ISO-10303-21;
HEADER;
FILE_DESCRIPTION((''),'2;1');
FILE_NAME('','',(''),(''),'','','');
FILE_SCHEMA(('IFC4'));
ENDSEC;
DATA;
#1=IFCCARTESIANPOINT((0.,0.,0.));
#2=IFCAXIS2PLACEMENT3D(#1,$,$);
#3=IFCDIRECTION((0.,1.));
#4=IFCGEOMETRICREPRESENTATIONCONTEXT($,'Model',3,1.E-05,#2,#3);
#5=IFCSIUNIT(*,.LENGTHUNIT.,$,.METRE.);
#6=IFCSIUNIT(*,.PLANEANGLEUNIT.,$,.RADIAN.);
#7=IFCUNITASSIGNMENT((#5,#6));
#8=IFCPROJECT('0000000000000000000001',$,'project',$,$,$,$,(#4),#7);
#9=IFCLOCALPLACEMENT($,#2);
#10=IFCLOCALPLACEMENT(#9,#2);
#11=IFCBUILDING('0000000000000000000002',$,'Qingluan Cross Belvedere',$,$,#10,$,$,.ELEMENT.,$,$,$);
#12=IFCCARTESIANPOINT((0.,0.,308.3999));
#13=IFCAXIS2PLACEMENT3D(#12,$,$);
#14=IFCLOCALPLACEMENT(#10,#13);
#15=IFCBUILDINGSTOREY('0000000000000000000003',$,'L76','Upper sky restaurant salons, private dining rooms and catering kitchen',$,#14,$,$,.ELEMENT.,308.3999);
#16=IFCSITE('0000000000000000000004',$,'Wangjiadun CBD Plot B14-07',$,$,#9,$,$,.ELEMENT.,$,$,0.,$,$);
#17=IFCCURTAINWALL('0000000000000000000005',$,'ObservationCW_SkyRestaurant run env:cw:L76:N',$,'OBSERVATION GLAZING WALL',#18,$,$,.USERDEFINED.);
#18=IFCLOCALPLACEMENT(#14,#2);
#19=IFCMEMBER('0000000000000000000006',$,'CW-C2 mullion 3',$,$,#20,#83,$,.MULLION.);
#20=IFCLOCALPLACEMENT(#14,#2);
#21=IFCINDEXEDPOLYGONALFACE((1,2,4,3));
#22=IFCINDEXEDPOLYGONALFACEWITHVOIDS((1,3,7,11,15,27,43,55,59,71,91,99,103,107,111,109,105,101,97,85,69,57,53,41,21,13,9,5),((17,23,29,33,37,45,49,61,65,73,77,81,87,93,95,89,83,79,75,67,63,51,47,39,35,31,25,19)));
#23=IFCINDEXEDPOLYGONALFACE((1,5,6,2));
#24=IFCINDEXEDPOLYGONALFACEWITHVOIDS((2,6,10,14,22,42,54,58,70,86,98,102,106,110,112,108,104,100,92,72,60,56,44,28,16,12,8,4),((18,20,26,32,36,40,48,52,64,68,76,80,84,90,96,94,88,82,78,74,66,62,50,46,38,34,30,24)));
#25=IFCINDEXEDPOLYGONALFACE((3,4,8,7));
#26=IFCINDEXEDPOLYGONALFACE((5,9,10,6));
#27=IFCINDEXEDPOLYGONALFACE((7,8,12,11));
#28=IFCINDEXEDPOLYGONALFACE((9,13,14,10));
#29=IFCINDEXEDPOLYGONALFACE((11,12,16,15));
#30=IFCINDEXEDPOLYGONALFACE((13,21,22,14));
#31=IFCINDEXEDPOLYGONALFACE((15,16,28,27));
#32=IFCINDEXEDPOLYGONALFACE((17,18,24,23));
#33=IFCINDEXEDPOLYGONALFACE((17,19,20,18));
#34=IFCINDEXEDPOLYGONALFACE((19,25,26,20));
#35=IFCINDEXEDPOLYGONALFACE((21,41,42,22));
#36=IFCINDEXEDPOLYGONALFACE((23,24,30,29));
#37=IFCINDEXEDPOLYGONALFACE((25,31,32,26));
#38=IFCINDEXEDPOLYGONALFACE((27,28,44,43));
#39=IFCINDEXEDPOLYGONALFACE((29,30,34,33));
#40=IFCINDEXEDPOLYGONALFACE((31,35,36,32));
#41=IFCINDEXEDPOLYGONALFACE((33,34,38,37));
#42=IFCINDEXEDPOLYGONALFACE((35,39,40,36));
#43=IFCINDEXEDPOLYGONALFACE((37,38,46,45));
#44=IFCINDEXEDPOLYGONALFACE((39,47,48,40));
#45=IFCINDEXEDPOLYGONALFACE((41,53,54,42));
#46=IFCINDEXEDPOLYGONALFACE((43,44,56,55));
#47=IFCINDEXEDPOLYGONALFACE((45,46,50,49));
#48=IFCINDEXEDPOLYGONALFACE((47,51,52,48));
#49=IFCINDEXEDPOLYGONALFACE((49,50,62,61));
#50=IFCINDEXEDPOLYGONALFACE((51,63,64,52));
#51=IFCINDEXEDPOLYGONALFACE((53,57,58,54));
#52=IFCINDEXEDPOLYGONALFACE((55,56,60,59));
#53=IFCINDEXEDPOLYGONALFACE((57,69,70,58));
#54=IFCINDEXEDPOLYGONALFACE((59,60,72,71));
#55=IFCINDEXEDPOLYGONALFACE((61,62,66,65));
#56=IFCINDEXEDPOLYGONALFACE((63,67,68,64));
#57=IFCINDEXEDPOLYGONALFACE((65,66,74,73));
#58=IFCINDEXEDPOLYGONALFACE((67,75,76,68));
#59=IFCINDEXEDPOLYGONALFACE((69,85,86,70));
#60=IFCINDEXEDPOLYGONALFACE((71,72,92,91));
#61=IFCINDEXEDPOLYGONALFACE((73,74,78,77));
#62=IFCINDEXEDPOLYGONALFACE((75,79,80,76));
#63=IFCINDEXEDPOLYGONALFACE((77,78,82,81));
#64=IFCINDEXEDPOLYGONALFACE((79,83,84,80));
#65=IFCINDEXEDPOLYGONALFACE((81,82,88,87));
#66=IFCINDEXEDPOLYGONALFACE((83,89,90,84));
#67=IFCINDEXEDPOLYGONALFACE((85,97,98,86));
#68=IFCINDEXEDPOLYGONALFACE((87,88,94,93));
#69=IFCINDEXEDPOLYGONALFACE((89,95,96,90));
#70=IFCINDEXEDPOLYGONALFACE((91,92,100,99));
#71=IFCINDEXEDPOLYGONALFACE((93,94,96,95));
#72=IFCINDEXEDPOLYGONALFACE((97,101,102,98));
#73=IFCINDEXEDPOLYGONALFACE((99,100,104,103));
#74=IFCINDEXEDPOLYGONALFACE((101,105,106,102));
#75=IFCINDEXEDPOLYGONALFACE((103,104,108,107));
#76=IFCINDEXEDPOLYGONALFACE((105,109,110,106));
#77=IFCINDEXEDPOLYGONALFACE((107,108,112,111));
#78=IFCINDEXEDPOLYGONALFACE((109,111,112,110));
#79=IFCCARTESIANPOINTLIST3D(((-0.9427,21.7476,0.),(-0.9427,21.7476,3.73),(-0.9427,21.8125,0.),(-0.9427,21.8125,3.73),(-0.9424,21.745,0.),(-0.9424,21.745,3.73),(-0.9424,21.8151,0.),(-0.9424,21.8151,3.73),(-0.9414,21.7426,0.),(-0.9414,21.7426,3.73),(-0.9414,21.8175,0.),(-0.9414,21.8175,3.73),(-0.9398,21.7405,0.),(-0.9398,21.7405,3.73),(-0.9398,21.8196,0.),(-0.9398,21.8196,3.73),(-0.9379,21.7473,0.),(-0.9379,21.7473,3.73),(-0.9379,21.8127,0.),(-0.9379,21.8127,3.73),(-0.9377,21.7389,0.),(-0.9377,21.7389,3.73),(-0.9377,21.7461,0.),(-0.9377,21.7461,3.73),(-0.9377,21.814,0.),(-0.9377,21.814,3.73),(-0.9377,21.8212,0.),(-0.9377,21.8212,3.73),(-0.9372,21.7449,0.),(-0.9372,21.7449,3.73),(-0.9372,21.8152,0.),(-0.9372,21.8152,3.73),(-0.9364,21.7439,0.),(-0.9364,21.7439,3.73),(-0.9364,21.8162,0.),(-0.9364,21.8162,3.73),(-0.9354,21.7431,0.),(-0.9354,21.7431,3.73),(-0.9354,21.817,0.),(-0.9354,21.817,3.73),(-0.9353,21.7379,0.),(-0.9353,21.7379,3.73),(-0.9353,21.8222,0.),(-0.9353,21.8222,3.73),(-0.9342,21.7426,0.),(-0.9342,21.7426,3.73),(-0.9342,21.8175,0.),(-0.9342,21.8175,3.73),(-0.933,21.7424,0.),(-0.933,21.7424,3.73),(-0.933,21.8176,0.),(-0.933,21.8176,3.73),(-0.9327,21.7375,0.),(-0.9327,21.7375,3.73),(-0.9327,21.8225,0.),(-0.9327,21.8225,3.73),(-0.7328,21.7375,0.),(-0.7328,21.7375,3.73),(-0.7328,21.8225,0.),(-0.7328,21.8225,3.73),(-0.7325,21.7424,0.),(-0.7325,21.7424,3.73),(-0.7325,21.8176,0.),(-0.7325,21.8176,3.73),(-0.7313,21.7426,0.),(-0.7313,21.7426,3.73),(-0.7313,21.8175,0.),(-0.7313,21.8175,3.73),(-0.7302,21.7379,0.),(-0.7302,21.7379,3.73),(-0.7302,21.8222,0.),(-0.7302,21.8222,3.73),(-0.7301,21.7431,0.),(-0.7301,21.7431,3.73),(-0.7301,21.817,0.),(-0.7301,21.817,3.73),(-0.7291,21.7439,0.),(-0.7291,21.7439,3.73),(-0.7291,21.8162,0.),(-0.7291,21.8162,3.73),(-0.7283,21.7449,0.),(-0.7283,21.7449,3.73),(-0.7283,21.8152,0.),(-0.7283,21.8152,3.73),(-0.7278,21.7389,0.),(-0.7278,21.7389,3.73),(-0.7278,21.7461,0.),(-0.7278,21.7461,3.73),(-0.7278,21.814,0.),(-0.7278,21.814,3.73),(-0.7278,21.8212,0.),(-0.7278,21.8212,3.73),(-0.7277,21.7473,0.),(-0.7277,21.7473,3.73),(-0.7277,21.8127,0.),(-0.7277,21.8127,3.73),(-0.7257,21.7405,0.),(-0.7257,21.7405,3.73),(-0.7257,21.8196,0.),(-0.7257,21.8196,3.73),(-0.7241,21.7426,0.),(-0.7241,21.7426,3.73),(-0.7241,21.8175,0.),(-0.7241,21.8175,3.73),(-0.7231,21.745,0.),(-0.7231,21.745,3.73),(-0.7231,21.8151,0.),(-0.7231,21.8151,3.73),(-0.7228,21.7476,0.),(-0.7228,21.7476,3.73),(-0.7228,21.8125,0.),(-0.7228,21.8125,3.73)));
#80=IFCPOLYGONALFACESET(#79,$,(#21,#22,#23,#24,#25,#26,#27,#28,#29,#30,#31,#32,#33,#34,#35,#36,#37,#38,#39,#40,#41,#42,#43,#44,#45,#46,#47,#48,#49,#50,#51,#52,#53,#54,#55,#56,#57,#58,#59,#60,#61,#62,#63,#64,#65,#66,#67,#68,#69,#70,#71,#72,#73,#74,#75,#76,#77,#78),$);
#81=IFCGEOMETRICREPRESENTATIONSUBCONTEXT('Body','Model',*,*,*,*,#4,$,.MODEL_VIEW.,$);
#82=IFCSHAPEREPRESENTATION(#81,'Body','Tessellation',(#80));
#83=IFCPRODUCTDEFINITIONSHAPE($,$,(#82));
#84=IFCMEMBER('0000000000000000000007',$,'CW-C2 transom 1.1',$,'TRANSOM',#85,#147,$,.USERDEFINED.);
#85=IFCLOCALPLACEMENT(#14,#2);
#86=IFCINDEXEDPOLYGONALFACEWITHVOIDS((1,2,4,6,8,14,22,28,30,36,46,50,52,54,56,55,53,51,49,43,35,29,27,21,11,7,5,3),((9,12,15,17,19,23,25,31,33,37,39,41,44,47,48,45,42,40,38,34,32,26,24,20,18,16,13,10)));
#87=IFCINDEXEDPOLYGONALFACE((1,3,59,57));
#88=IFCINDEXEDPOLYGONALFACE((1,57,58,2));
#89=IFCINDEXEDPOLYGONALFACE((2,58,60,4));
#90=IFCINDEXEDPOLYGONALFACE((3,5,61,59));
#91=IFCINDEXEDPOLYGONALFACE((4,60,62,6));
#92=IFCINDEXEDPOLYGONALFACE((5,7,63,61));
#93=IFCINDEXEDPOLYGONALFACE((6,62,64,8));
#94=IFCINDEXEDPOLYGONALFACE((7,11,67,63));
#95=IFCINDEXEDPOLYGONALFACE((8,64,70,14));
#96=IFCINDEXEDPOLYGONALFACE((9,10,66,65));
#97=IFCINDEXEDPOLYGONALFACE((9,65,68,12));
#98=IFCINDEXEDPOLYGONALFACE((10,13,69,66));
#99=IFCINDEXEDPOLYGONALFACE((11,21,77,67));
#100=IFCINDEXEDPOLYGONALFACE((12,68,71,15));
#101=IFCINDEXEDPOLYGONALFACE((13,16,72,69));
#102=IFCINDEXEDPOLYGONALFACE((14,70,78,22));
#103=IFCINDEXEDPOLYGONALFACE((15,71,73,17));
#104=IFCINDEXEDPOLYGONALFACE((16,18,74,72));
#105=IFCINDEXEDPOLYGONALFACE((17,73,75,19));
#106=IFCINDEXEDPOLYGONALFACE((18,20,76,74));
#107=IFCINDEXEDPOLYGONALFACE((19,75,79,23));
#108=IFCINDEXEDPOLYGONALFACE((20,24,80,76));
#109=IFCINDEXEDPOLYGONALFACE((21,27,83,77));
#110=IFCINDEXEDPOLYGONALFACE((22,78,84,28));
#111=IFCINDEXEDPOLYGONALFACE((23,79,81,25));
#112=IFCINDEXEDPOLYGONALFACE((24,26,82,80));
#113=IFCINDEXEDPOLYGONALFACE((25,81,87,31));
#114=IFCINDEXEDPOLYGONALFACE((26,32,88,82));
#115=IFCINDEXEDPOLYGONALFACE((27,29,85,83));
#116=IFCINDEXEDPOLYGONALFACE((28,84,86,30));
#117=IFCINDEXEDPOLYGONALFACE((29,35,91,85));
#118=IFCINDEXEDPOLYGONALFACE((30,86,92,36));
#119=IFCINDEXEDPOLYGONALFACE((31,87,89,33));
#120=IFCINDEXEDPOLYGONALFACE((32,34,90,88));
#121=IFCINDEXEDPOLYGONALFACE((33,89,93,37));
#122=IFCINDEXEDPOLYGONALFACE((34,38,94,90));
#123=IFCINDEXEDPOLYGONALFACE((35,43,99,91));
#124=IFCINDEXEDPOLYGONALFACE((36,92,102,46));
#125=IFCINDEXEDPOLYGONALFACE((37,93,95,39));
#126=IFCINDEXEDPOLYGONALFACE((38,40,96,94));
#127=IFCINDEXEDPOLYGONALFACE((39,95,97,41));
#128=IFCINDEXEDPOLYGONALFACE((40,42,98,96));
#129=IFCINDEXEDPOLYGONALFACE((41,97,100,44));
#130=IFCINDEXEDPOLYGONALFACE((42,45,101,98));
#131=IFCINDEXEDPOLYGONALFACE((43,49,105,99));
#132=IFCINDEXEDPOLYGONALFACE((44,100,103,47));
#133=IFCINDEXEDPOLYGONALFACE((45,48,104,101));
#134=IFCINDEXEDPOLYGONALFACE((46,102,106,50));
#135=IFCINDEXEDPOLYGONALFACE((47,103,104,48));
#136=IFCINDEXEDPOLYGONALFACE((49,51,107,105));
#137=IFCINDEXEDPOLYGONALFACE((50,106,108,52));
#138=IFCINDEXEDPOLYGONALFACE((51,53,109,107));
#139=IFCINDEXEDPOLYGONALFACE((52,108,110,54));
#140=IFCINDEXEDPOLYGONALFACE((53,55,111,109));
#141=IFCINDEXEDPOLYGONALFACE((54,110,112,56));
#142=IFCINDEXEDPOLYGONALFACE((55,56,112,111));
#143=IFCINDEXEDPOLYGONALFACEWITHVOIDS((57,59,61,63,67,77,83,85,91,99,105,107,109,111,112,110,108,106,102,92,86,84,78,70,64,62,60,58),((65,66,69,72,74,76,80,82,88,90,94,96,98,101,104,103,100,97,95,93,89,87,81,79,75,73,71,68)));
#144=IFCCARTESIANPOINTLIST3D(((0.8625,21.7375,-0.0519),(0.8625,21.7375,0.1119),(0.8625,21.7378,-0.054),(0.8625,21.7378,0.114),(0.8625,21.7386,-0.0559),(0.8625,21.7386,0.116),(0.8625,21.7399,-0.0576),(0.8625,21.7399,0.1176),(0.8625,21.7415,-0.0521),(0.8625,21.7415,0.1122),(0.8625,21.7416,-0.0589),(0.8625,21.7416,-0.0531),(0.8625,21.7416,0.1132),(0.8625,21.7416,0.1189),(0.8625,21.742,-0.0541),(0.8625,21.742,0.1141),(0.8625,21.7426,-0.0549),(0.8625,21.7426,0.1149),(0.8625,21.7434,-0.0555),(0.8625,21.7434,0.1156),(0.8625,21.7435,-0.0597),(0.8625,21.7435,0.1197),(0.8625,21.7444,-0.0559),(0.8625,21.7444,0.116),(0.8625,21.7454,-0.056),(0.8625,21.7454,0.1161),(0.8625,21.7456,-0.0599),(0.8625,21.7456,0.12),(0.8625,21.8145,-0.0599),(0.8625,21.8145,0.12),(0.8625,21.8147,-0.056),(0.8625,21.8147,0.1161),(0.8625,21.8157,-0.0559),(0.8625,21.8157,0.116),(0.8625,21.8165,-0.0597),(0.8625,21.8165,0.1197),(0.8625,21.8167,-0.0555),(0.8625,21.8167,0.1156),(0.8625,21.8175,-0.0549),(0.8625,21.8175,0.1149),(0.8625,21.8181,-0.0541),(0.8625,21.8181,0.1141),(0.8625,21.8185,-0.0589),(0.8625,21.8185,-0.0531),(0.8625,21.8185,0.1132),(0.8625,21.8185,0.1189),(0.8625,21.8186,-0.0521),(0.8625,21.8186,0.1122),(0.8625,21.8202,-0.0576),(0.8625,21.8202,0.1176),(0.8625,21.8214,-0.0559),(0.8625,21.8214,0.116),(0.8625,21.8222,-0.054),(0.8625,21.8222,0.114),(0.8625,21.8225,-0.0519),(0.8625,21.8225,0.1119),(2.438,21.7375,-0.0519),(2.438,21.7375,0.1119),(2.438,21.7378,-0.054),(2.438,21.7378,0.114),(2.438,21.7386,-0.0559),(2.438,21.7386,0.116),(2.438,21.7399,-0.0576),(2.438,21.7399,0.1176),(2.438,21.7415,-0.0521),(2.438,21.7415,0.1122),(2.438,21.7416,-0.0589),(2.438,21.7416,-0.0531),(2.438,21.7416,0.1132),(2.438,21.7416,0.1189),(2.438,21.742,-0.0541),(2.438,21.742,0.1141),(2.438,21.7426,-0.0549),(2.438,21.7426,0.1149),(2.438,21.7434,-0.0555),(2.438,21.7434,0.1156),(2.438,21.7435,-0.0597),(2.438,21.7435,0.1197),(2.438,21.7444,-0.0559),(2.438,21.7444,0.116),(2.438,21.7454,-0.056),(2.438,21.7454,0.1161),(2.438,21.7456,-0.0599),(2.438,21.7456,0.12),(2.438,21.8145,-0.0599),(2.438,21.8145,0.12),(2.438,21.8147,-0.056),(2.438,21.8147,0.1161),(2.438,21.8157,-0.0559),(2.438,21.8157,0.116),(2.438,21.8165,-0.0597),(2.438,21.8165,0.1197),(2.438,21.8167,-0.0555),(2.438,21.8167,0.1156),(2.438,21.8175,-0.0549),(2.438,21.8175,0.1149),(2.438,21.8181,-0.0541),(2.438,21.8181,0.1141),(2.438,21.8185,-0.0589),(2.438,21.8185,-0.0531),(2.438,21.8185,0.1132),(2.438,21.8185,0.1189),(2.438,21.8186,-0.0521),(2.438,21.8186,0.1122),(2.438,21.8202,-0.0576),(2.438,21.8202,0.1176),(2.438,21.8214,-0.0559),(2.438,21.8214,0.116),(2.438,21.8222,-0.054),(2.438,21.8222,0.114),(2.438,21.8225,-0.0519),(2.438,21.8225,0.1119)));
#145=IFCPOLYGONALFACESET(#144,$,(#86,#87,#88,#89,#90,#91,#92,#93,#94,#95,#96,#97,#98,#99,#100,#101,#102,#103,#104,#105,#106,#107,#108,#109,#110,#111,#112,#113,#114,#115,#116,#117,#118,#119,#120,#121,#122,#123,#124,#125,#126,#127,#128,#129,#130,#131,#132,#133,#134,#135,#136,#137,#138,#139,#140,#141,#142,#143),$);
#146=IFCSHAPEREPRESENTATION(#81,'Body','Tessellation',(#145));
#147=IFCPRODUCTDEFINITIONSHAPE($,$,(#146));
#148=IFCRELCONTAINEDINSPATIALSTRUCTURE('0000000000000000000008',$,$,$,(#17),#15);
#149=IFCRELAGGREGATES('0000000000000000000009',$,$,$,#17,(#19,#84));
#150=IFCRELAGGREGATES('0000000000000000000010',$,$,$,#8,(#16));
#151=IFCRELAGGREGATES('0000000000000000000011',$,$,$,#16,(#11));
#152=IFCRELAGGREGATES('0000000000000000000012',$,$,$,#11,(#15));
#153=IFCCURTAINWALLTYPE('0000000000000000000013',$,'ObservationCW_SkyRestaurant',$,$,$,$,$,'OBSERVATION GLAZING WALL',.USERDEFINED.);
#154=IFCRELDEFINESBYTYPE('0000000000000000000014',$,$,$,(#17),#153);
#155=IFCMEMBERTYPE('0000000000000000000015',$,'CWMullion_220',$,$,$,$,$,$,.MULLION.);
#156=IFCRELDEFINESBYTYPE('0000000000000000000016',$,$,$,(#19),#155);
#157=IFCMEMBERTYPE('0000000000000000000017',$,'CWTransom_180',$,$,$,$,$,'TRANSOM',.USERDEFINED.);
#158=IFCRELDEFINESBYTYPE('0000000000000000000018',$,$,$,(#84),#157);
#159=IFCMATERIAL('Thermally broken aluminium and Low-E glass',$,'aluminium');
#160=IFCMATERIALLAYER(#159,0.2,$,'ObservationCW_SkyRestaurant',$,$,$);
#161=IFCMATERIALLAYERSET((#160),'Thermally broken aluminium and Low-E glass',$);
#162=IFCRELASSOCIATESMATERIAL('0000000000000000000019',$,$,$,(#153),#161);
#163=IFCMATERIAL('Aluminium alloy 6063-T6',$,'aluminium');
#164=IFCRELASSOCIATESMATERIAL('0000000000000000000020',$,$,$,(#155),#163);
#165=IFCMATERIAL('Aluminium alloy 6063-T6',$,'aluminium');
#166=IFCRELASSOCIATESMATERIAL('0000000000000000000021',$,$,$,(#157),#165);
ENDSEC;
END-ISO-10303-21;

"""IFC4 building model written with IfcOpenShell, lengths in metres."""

from ifc_helpers import new_model, si_unit, direction, frame, origin, origin_2d, place, context, subcontext, project, spatial, hollow_rectangle, extrude, material, layer, layer_set, material_profile, profile_set, type_object, element, aggregate, save


model = new_model("IFC4")

# Units and contexts
model_context = context("Model", 3, precision=1e-05, world=origin(), true_north=direction((0.0, 1.0)))
body_context = subcontext(model_context, "Body", "Model", "MODEL_VIEW")
ifc_project = project(units=[si_unit("LENGTHUNIT", "METRE"), si_unit("PLANEANGLEUNIT", "RADIAN")], contexts=[model_context])

# Site, building, storey
site_placement = place(None, origin())
site = spatial("IfcSite", under=ifc_project, at=site_placement, Name="Wangjiadun CBD Plot B14-07", CompositionType="ELEMENT", RefElevation=0.0)
building_placement = place(site_placement, origin())
building = spatial("IfcBuilding", under=site, at=building_placement, Name="Qingluan Cross Belvedere", CompositionType="ELEMENT")
storey_placement = place(building_placement, frame((0.0, 0.0, 308.3999)))
storey = spatial("IfcBuildingStorey", under=building, at=storey_placement, Name="L76", Description="Upper sky restaurant salons, private dining rooms and catering kitchen", CompositionType="ELEMENT", Elevation=308.3999)

# Curtain wall, members
ifc_material_1 = material(Name="Thermally broken aluminium and Low-E glass", Category="aluminium")
ifc_layer_1 = layer(ifc_material_1, 0.2, Name="ObservationCW_SkyRestaurant")
ifc_layer_set_1 = layer_set([ifc_layer_1], Name="Thermally broken aluminium and Low-E glass")
curtain_wall_type = type_object("IfcCurtainWallType", Name="ObservationCW_SkyRestaurant", ElementType="OBSERVATION GLAZING WALL", PredefinedType="USERDEFINED", material=ifc_layer_set_1)
curtain_wall_placement = place(storey_placement, origin())
curtain_wall = element("IfcCurtainWall", 1, at=curtain_wall_placement, inside=storey, type_object=curtain_wall_type, Name="ObservationCW_SkyRestaurant run env:cw:L76:N", ObjectType="OBSERVATION GLAZING WALL", PredefinedType="USERDEFINED")
ifc_material_2 = material(Name="Aluminium alloy 6063-T6", Category="aluminium")
ifc_material_profile_1 = material_profile(ifc_material_2, hollow_rectangle(XDim=0.085, YDim=0.22, WallThickness=0.0049, InnerFilletRadius=0.0049, OuterFilletRadius=0.01, at=origin_2d()), Name="CWM220x85x5")
ifc_profile_set_1 = profile_set([ifc_material_profile_1], Name="Aluminium alloy 6063-T6")
member_type_1 = type_object("IfcMemberType", Name="CWMullion_220", PredefinedType="MULLION", material=ifc_profile_set_1)
member_1_placement = place(storey_placement, frame((-0.8328, 21.78, 0.0), z_axis=(0.0, 0.0, 1.0), x_axis=(0.0, -1.0, 0.0)))
member_1 = element("IfcMember", 2, at=member_1_placement, type_object=member_type_1, Name="CW-C2 mullion 3", PredefinedType="MULLION", context=body_context, shape_type="SweptSolid", body=[
    extrude(hollow_rectangle(XDim=0.085, YDim=0.22, WallThickness=0.0049, InnerFilletRadius=0.0049, OuterFilletRadius=0.01, at=origin_2d()), origin(), (0.0, 0.0, 1.0), 3.73),
])
ifc_material_3 = material(Name="Aluminium alloy 6063-T6", Category="aluminium")
ifc_material_profile_2 = material_profile(ifc_material_3, hollow_rectangle(XDim=0.085, YDim=0.1799, WallThickness=0.0039, InnerFilletRadius=0.0039, OuterFilletRadius=0.0081, at=origin_2d()), Name="CWT180x85x4")
ifc_profile_set_2 = profile_set([ifc_material_profile_2], Name="Aluminium alloy 6063-T6")
member_type_2 = type_object("IfcMemberType", Name="CWTransom_180", ElementType="TRANSOM", PredefinedType="USERDEFINED", material=ifc_profile_set_2)
member_2_placement = place(storey_placement, frame((2.438, 21.78, 0.03), z_axis=(-1.0, 0.0, 0.0), x_axis=(0.0, -1.0, 0.0)))
member_2 = element("IfcMember", 3, at=member_2_placement, type_object=member_type_2, Name="CW-C2 transom 1.1", ObjectType="TRANSOM", PredefinedType="USERDEFINED", context=body_context, shape_type="SweptSolid", body=[
    extrude(hollow_rectangle(XDim=0.085, YDim=0.1799, WallThickness=0.0039, InnerFilletRadius=0.0039, OuterFilletRadius=0.0081, at=origin_2d()), origin(), (0.0, 0.0, 1.0), 1.5754),
])

aggregate(curtain_wall, [member_1, member_2])

save(model, "model.ifc")
